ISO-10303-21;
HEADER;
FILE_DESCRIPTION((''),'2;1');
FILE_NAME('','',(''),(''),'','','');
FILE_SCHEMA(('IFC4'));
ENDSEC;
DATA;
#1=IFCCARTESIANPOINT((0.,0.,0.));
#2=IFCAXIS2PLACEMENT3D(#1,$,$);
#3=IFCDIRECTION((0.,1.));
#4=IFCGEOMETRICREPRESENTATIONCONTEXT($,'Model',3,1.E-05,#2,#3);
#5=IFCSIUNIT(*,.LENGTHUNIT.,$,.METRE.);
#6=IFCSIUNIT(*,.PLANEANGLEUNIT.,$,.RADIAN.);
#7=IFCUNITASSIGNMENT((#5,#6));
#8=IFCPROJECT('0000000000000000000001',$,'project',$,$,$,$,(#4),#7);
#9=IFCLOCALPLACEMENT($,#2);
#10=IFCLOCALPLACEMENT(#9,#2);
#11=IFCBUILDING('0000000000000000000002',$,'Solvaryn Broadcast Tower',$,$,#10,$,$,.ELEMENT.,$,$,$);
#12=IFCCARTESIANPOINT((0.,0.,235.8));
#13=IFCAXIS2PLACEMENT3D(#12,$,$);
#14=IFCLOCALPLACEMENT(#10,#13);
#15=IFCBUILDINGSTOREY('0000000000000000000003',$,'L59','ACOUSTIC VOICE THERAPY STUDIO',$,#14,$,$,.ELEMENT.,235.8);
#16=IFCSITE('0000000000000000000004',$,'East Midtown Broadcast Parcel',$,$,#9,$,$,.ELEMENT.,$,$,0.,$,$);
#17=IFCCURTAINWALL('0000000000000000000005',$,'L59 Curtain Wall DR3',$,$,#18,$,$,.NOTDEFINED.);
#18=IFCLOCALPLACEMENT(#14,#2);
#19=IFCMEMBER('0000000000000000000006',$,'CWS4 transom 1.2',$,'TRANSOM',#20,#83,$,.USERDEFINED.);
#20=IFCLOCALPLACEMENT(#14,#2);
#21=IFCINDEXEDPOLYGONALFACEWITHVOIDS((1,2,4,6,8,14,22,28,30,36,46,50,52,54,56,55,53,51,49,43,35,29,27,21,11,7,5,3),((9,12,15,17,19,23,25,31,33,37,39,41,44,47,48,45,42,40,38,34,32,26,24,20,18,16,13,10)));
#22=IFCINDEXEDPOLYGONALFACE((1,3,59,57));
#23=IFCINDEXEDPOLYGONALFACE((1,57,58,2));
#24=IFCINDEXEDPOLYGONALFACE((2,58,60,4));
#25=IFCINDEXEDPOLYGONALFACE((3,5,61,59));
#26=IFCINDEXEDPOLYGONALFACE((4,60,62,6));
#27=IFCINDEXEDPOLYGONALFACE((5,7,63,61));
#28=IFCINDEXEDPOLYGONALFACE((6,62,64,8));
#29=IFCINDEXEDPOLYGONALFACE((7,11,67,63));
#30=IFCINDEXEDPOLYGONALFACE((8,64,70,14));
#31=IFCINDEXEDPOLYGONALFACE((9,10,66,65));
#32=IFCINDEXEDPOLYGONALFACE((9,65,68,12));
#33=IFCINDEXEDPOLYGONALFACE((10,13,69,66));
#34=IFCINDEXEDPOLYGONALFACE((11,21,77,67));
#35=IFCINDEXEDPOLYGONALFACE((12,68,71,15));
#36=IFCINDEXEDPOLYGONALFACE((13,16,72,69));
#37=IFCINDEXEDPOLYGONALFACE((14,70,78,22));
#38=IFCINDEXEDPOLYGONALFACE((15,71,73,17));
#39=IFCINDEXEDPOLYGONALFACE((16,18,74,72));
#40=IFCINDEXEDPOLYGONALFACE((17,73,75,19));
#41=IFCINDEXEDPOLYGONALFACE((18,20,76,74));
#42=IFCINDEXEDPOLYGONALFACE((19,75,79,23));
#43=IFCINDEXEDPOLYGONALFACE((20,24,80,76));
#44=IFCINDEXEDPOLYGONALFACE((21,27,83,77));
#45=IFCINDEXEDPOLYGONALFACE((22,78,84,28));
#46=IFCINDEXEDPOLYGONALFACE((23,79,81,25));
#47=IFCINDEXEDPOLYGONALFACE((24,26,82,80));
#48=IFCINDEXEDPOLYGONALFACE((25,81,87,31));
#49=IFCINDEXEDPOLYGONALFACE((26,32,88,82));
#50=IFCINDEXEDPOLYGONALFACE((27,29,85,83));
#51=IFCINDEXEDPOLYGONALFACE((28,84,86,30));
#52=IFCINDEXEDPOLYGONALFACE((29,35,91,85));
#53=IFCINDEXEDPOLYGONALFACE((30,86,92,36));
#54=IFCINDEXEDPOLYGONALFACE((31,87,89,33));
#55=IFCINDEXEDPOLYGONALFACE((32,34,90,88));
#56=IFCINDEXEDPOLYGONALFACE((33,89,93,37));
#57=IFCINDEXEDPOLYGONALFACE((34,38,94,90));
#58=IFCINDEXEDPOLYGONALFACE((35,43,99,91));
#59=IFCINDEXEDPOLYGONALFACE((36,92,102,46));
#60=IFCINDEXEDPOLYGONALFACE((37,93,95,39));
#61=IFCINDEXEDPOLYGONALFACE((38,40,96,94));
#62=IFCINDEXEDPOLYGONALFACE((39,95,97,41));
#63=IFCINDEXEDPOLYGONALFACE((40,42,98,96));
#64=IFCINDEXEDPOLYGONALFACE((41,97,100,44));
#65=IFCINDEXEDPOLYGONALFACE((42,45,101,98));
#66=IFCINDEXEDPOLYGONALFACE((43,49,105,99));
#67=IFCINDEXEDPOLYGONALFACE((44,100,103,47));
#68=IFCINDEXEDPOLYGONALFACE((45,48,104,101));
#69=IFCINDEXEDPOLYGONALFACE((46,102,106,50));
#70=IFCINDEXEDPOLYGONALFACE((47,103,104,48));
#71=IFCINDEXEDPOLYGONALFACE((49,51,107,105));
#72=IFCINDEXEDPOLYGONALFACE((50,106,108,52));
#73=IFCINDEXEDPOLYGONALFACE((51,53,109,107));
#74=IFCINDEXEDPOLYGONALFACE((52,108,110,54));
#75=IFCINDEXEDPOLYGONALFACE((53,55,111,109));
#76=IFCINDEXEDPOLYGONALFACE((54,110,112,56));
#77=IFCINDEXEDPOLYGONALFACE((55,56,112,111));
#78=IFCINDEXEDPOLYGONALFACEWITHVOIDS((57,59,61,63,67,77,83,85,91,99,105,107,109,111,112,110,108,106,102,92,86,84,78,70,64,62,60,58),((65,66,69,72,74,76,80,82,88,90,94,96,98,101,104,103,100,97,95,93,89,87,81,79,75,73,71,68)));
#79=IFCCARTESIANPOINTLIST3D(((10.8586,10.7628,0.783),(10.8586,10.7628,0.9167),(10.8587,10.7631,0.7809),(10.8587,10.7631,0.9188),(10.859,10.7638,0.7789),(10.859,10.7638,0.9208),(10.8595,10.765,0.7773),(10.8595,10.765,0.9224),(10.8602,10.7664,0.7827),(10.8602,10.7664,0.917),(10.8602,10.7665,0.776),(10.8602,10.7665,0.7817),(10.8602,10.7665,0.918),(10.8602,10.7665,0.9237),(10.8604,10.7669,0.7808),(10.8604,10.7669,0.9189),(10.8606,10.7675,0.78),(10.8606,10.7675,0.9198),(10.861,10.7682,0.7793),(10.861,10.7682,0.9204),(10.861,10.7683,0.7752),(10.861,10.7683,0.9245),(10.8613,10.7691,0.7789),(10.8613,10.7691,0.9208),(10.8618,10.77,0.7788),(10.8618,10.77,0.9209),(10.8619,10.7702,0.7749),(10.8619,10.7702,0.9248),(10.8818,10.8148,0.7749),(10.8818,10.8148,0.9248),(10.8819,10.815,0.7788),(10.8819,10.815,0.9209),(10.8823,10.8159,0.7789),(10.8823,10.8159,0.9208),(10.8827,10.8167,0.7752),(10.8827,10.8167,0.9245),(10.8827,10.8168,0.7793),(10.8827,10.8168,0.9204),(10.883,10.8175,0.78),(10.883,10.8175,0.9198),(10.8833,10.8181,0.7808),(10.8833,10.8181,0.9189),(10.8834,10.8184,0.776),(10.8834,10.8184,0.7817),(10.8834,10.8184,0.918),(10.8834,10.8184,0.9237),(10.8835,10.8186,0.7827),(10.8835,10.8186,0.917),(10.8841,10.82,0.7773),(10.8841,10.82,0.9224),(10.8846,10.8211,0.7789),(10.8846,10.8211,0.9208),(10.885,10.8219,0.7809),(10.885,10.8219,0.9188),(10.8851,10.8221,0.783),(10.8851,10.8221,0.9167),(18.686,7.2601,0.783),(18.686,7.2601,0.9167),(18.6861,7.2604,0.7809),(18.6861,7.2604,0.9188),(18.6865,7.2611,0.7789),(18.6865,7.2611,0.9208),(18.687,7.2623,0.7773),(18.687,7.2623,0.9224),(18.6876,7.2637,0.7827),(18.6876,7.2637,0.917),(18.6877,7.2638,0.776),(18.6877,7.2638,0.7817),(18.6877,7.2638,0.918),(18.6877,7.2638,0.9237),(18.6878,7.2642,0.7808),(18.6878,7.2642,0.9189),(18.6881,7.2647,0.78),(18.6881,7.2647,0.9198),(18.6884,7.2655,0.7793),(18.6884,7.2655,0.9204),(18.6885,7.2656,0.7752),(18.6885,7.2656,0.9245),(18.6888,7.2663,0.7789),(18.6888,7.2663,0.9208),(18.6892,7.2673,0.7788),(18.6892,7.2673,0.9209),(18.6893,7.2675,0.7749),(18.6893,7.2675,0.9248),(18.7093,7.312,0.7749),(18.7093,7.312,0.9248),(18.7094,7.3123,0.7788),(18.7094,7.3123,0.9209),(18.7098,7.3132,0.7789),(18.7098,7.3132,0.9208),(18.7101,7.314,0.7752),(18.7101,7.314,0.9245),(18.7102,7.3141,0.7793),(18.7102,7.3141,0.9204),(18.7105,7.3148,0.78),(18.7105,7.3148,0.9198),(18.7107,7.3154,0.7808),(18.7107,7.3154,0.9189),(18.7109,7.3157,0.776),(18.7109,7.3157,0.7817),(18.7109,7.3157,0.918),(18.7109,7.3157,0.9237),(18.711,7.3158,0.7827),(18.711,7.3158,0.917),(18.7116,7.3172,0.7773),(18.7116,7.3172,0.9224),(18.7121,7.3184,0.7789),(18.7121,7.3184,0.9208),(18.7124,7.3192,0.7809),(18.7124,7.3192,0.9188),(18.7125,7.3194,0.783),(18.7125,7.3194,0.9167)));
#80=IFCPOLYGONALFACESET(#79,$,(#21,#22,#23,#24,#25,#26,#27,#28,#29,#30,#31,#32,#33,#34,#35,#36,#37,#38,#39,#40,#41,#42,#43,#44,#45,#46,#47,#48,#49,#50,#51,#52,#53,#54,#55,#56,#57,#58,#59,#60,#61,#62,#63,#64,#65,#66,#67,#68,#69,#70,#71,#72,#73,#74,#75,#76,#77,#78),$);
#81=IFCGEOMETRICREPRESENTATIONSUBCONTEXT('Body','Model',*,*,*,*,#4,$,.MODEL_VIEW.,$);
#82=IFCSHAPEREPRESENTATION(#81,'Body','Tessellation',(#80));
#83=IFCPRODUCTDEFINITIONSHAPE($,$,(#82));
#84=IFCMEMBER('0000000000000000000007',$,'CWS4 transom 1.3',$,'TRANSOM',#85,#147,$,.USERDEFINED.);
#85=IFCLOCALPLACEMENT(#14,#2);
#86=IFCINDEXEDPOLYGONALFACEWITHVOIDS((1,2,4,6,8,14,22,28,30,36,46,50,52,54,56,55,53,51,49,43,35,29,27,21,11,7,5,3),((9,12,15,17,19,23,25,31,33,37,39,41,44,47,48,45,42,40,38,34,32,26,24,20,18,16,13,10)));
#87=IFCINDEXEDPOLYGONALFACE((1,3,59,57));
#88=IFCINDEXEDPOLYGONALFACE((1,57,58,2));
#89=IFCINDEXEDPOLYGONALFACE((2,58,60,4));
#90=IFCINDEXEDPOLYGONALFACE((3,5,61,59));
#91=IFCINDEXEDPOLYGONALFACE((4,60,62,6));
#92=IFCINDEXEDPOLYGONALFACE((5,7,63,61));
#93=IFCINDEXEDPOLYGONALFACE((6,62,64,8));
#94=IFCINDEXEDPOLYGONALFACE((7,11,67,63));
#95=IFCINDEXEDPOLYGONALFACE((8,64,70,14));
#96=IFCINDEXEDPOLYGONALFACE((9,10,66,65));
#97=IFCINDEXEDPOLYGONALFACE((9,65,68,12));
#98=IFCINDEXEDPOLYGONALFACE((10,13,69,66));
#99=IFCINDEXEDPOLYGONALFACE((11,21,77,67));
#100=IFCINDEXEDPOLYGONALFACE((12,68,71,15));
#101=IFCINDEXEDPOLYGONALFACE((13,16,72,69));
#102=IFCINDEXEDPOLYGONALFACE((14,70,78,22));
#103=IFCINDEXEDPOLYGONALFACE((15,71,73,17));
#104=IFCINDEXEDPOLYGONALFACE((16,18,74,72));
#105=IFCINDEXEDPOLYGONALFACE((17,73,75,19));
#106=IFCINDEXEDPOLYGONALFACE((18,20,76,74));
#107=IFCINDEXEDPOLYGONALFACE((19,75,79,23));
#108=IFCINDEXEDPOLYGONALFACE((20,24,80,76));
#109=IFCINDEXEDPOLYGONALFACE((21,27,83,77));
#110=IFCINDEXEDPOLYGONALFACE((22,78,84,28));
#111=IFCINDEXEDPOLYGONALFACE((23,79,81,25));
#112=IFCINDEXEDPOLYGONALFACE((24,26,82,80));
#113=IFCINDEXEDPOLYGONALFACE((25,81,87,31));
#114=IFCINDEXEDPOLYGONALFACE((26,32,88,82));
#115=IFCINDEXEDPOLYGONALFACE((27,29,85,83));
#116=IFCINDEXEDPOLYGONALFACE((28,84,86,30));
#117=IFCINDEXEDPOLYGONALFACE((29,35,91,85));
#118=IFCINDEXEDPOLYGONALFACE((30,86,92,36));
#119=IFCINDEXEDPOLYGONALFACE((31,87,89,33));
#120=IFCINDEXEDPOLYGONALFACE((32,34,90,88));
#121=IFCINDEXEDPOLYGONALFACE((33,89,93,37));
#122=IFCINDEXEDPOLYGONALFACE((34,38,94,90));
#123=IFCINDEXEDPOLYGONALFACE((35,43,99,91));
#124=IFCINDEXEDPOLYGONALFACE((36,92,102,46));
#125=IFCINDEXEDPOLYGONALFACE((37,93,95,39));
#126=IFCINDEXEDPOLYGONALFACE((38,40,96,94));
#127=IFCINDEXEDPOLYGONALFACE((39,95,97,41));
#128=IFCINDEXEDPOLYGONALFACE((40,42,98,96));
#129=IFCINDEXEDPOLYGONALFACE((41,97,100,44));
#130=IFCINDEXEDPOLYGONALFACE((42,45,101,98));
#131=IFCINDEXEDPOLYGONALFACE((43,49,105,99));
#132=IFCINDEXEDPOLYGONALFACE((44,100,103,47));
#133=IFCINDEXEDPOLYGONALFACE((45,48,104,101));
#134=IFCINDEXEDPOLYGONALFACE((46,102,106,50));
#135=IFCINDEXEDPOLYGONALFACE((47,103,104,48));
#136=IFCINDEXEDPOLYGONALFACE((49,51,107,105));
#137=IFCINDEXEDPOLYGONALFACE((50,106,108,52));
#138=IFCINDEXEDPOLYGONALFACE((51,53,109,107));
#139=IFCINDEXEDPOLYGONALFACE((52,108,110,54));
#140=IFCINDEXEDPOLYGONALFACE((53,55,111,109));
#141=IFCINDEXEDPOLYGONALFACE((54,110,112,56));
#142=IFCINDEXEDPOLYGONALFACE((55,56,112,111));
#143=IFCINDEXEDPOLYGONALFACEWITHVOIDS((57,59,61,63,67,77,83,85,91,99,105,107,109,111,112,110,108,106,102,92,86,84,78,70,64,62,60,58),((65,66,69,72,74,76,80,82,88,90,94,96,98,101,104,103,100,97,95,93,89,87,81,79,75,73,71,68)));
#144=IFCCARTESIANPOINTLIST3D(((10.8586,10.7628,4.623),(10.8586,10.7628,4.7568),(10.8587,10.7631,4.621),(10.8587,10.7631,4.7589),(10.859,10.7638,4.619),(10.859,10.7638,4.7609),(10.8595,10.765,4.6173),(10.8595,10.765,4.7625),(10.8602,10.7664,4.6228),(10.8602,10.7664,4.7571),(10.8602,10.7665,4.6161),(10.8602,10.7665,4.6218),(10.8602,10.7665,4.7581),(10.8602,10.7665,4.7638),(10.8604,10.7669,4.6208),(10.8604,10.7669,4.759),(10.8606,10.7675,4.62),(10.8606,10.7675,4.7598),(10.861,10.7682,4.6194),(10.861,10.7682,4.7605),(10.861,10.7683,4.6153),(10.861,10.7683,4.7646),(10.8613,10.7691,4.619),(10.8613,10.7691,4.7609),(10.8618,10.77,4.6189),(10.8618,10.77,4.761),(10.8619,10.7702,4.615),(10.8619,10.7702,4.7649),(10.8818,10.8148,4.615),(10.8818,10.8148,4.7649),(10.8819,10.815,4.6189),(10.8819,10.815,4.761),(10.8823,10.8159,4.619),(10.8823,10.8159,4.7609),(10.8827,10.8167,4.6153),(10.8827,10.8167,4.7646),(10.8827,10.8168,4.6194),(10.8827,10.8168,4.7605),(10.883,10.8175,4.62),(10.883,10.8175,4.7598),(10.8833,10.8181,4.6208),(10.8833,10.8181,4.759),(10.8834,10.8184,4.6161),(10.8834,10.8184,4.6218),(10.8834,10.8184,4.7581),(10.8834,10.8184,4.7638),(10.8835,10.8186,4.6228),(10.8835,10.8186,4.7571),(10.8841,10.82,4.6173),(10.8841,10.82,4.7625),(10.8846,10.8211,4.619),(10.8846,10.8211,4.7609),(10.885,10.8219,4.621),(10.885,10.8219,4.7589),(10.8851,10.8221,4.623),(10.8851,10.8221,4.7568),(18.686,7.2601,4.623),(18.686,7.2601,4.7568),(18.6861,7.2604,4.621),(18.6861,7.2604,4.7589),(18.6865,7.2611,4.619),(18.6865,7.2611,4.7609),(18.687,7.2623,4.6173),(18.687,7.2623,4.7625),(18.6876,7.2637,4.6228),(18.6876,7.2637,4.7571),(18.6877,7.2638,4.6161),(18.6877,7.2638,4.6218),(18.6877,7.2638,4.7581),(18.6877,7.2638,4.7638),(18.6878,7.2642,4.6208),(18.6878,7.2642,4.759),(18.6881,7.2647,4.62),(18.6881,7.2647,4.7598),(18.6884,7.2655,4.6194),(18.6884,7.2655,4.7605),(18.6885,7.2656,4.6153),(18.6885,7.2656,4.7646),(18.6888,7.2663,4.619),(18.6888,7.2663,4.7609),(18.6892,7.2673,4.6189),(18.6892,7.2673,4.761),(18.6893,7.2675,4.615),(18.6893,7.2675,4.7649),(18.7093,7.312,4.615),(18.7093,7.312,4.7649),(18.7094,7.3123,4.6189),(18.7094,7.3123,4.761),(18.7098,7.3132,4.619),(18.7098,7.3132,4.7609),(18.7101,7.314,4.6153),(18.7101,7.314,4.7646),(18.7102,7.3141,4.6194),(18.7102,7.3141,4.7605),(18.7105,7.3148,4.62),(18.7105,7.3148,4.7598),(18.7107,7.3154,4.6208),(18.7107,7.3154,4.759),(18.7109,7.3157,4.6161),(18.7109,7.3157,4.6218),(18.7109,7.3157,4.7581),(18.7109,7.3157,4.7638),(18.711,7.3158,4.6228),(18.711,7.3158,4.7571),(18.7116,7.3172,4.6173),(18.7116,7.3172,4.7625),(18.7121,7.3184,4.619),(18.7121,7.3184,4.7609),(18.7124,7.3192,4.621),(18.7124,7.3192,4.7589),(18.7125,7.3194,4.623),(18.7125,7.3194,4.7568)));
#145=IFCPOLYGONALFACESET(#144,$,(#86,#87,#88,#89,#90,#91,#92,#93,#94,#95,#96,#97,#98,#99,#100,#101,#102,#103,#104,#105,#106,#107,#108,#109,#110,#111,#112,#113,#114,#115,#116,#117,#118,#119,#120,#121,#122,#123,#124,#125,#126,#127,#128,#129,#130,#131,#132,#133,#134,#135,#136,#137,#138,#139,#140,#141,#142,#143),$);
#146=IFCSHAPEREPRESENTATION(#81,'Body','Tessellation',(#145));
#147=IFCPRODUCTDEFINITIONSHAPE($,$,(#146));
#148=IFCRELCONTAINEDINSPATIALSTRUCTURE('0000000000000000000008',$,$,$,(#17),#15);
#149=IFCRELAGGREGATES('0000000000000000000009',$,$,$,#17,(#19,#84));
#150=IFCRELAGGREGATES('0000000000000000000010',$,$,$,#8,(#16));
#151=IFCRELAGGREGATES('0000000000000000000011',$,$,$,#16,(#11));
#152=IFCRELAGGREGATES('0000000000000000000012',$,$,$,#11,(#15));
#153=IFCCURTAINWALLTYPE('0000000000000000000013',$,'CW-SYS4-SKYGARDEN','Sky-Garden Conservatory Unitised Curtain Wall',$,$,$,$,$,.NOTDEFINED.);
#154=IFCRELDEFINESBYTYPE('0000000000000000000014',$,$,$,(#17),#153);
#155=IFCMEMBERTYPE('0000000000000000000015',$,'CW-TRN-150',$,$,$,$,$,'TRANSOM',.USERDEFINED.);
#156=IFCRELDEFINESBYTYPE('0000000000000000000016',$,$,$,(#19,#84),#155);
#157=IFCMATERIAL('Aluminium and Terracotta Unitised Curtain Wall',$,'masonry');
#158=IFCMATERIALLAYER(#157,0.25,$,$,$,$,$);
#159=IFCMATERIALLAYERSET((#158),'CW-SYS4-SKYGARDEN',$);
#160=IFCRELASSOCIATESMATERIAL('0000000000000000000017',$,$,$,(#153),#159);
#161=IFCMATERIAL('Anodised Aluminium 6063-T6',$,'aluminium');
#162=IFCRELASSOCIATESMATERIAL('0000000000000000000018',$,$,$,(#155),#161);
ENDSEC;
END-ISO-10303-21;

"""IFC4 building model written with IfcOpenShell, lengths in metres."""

from ifc_helpers import new_model, si_unit, direction, frame, origin, origin_2d, place, context, subcontext, project, spatial, hollow_rectangle, extrude, material, layer, layer_set, material_profile, profile_set, type_object, element, aggregate, save


model = new_model("IFC4")

# Units and contexts
model_context = context("Model", 3, precision=1e-05, world=origin(), true_north=direction((0.0, 1.0)))
body_context = subcontext(model_context, "Body", "Model", "MODEL_VIEW")
ifc_project = project(units=[si_unit("LENGTHUNIT", "METRE"), si_unit("PLANEANGLEUNIT", "RADIAN")], contexts=[model_context])

# Site, building, storey
site_placement = place(None, origin())
site = spatial("IfcSite", under=ifc_project, at=site_placement, Name="East Midtown Broadcast Parcel", CompositionType="ELEMENT", RefElevation=0.0)
building_placement = place(site_placement, origin())
building = spatial("IfcBuilding", under=site, at=building_placement, Name="Solvaryn Broadcast Tower", CompositionType="ELEMENT")
storey_placement = place(building_placement, frame((0.0, 0.0, 235.8)))
storey = spatial("IfcBuildingStorey", under=building, at=storey_placement, Name="L59", Description="ACOUSTIC VOICE THERAPY STUDIO", CompositionType="ELEMENT", Elevation=235.8)

# Curtain wall, members
ifc_material_1 = material(Name="Aluminium and Terracotta Unitised Curtain Wall", Category="masonry")
ifc_layer_1 = layer(ifc_material_1, 0.25)
ifc_layer_set_1 = layer_set([ifc_layer_1], Name="CW-SYS4-SKYGARDEN")
curtain_wall_type = type_object("IfcCurtainWallType", Name="CW-SYS4-SKYGARDEN", Description="Sky-Garden Conservatory Unitised Curtain Wall", PredefinedType="NOTDEFINED", material=ifc_layer_set_1)
curtain_wall_placement = place(storey_placement, origin())
curtain_wall = element("IfcCurtainWall", 1, at=curtain_wall_placement, inside=storey, type_object=curtain_wall_type, Name="L59 Curtain Wall DR3", PredefinedType="NOTDEFINED")
ifc_material_2 = material(Name="Anodised Aluminium 6063-T6", Category="aluminium")
ifc_material_profile_1 = material_profile(ifc_material_2, hollow_rectangle(XDim=0.0649, YDim=0.1499, WallThickness=0.0039, InnerFilletRadius=0.0039, OuterFilletRadius=0.0081, at=origin_2d()))
ifc_profile_set_1 = profile_set([ifc_material_profile_1], Name="Anodised Aluminium 6063-T6")
member_type_1 = type_object("IfcMemberType", Name="CW-TRN-150", ElementType="TRANSOM", PredefinedType="USERDEFINED", material=ifc_profile_set_1)
member_1_placement = place(storey_placement, frame((10.8718, 10.7925, 0.8499), z_axis=(0.912777, -0.408459, 0.0), x_axis=(0.408459, 0.912777, 0.0)))
member_1 = element("IfcMember", 2, at=member_1_placement, type_object=member_type_1, Name="CWS4 transom 1.2", ObjectType="TRANSOM", PredefinedType="USERDEFINED", context=body_context, shape_type="SweptSolid", body=[
    extrude(hollow_rectangle(XDim=0.0649, YDim=0.1499, WallThickness=0.0039, InnerFilletRadius=0.0039, OuterFilletRadius=0.0081, at=origin_2d()), origin(), (0.0, 0.0, 1.0), 8.5754),
])
member_2_placement = place(storey_placement, frame((10.8718, 10.7925, 4.6899), z_axis=(0.912777, -0.408459, 0.0), x_axis=(0.408459, 0.912777, 0.0)))
member_2 = element("IfcMember", 3, at=member_2_placement, type_object=member_type_1, Name="CWS4 transom 1.3", ObjectType="TRANSOM", PredefinedType="USERDEFINED", context=body_context, shape_type="SweptSolid", body=[
    extrude(hollow_rectangle(XDim=0.0649, YDim=0.1499, WallThickness=0.0039, InnerFilletRadius=0.0039, OuterFilletRadius=0.0081, at=origin_2d()), origin(), (0.0, 0.0, 1.0), 8.5754),
])
aggregate(curtain_wall, [member_1, member_2])

save(model, "model.ifc")
